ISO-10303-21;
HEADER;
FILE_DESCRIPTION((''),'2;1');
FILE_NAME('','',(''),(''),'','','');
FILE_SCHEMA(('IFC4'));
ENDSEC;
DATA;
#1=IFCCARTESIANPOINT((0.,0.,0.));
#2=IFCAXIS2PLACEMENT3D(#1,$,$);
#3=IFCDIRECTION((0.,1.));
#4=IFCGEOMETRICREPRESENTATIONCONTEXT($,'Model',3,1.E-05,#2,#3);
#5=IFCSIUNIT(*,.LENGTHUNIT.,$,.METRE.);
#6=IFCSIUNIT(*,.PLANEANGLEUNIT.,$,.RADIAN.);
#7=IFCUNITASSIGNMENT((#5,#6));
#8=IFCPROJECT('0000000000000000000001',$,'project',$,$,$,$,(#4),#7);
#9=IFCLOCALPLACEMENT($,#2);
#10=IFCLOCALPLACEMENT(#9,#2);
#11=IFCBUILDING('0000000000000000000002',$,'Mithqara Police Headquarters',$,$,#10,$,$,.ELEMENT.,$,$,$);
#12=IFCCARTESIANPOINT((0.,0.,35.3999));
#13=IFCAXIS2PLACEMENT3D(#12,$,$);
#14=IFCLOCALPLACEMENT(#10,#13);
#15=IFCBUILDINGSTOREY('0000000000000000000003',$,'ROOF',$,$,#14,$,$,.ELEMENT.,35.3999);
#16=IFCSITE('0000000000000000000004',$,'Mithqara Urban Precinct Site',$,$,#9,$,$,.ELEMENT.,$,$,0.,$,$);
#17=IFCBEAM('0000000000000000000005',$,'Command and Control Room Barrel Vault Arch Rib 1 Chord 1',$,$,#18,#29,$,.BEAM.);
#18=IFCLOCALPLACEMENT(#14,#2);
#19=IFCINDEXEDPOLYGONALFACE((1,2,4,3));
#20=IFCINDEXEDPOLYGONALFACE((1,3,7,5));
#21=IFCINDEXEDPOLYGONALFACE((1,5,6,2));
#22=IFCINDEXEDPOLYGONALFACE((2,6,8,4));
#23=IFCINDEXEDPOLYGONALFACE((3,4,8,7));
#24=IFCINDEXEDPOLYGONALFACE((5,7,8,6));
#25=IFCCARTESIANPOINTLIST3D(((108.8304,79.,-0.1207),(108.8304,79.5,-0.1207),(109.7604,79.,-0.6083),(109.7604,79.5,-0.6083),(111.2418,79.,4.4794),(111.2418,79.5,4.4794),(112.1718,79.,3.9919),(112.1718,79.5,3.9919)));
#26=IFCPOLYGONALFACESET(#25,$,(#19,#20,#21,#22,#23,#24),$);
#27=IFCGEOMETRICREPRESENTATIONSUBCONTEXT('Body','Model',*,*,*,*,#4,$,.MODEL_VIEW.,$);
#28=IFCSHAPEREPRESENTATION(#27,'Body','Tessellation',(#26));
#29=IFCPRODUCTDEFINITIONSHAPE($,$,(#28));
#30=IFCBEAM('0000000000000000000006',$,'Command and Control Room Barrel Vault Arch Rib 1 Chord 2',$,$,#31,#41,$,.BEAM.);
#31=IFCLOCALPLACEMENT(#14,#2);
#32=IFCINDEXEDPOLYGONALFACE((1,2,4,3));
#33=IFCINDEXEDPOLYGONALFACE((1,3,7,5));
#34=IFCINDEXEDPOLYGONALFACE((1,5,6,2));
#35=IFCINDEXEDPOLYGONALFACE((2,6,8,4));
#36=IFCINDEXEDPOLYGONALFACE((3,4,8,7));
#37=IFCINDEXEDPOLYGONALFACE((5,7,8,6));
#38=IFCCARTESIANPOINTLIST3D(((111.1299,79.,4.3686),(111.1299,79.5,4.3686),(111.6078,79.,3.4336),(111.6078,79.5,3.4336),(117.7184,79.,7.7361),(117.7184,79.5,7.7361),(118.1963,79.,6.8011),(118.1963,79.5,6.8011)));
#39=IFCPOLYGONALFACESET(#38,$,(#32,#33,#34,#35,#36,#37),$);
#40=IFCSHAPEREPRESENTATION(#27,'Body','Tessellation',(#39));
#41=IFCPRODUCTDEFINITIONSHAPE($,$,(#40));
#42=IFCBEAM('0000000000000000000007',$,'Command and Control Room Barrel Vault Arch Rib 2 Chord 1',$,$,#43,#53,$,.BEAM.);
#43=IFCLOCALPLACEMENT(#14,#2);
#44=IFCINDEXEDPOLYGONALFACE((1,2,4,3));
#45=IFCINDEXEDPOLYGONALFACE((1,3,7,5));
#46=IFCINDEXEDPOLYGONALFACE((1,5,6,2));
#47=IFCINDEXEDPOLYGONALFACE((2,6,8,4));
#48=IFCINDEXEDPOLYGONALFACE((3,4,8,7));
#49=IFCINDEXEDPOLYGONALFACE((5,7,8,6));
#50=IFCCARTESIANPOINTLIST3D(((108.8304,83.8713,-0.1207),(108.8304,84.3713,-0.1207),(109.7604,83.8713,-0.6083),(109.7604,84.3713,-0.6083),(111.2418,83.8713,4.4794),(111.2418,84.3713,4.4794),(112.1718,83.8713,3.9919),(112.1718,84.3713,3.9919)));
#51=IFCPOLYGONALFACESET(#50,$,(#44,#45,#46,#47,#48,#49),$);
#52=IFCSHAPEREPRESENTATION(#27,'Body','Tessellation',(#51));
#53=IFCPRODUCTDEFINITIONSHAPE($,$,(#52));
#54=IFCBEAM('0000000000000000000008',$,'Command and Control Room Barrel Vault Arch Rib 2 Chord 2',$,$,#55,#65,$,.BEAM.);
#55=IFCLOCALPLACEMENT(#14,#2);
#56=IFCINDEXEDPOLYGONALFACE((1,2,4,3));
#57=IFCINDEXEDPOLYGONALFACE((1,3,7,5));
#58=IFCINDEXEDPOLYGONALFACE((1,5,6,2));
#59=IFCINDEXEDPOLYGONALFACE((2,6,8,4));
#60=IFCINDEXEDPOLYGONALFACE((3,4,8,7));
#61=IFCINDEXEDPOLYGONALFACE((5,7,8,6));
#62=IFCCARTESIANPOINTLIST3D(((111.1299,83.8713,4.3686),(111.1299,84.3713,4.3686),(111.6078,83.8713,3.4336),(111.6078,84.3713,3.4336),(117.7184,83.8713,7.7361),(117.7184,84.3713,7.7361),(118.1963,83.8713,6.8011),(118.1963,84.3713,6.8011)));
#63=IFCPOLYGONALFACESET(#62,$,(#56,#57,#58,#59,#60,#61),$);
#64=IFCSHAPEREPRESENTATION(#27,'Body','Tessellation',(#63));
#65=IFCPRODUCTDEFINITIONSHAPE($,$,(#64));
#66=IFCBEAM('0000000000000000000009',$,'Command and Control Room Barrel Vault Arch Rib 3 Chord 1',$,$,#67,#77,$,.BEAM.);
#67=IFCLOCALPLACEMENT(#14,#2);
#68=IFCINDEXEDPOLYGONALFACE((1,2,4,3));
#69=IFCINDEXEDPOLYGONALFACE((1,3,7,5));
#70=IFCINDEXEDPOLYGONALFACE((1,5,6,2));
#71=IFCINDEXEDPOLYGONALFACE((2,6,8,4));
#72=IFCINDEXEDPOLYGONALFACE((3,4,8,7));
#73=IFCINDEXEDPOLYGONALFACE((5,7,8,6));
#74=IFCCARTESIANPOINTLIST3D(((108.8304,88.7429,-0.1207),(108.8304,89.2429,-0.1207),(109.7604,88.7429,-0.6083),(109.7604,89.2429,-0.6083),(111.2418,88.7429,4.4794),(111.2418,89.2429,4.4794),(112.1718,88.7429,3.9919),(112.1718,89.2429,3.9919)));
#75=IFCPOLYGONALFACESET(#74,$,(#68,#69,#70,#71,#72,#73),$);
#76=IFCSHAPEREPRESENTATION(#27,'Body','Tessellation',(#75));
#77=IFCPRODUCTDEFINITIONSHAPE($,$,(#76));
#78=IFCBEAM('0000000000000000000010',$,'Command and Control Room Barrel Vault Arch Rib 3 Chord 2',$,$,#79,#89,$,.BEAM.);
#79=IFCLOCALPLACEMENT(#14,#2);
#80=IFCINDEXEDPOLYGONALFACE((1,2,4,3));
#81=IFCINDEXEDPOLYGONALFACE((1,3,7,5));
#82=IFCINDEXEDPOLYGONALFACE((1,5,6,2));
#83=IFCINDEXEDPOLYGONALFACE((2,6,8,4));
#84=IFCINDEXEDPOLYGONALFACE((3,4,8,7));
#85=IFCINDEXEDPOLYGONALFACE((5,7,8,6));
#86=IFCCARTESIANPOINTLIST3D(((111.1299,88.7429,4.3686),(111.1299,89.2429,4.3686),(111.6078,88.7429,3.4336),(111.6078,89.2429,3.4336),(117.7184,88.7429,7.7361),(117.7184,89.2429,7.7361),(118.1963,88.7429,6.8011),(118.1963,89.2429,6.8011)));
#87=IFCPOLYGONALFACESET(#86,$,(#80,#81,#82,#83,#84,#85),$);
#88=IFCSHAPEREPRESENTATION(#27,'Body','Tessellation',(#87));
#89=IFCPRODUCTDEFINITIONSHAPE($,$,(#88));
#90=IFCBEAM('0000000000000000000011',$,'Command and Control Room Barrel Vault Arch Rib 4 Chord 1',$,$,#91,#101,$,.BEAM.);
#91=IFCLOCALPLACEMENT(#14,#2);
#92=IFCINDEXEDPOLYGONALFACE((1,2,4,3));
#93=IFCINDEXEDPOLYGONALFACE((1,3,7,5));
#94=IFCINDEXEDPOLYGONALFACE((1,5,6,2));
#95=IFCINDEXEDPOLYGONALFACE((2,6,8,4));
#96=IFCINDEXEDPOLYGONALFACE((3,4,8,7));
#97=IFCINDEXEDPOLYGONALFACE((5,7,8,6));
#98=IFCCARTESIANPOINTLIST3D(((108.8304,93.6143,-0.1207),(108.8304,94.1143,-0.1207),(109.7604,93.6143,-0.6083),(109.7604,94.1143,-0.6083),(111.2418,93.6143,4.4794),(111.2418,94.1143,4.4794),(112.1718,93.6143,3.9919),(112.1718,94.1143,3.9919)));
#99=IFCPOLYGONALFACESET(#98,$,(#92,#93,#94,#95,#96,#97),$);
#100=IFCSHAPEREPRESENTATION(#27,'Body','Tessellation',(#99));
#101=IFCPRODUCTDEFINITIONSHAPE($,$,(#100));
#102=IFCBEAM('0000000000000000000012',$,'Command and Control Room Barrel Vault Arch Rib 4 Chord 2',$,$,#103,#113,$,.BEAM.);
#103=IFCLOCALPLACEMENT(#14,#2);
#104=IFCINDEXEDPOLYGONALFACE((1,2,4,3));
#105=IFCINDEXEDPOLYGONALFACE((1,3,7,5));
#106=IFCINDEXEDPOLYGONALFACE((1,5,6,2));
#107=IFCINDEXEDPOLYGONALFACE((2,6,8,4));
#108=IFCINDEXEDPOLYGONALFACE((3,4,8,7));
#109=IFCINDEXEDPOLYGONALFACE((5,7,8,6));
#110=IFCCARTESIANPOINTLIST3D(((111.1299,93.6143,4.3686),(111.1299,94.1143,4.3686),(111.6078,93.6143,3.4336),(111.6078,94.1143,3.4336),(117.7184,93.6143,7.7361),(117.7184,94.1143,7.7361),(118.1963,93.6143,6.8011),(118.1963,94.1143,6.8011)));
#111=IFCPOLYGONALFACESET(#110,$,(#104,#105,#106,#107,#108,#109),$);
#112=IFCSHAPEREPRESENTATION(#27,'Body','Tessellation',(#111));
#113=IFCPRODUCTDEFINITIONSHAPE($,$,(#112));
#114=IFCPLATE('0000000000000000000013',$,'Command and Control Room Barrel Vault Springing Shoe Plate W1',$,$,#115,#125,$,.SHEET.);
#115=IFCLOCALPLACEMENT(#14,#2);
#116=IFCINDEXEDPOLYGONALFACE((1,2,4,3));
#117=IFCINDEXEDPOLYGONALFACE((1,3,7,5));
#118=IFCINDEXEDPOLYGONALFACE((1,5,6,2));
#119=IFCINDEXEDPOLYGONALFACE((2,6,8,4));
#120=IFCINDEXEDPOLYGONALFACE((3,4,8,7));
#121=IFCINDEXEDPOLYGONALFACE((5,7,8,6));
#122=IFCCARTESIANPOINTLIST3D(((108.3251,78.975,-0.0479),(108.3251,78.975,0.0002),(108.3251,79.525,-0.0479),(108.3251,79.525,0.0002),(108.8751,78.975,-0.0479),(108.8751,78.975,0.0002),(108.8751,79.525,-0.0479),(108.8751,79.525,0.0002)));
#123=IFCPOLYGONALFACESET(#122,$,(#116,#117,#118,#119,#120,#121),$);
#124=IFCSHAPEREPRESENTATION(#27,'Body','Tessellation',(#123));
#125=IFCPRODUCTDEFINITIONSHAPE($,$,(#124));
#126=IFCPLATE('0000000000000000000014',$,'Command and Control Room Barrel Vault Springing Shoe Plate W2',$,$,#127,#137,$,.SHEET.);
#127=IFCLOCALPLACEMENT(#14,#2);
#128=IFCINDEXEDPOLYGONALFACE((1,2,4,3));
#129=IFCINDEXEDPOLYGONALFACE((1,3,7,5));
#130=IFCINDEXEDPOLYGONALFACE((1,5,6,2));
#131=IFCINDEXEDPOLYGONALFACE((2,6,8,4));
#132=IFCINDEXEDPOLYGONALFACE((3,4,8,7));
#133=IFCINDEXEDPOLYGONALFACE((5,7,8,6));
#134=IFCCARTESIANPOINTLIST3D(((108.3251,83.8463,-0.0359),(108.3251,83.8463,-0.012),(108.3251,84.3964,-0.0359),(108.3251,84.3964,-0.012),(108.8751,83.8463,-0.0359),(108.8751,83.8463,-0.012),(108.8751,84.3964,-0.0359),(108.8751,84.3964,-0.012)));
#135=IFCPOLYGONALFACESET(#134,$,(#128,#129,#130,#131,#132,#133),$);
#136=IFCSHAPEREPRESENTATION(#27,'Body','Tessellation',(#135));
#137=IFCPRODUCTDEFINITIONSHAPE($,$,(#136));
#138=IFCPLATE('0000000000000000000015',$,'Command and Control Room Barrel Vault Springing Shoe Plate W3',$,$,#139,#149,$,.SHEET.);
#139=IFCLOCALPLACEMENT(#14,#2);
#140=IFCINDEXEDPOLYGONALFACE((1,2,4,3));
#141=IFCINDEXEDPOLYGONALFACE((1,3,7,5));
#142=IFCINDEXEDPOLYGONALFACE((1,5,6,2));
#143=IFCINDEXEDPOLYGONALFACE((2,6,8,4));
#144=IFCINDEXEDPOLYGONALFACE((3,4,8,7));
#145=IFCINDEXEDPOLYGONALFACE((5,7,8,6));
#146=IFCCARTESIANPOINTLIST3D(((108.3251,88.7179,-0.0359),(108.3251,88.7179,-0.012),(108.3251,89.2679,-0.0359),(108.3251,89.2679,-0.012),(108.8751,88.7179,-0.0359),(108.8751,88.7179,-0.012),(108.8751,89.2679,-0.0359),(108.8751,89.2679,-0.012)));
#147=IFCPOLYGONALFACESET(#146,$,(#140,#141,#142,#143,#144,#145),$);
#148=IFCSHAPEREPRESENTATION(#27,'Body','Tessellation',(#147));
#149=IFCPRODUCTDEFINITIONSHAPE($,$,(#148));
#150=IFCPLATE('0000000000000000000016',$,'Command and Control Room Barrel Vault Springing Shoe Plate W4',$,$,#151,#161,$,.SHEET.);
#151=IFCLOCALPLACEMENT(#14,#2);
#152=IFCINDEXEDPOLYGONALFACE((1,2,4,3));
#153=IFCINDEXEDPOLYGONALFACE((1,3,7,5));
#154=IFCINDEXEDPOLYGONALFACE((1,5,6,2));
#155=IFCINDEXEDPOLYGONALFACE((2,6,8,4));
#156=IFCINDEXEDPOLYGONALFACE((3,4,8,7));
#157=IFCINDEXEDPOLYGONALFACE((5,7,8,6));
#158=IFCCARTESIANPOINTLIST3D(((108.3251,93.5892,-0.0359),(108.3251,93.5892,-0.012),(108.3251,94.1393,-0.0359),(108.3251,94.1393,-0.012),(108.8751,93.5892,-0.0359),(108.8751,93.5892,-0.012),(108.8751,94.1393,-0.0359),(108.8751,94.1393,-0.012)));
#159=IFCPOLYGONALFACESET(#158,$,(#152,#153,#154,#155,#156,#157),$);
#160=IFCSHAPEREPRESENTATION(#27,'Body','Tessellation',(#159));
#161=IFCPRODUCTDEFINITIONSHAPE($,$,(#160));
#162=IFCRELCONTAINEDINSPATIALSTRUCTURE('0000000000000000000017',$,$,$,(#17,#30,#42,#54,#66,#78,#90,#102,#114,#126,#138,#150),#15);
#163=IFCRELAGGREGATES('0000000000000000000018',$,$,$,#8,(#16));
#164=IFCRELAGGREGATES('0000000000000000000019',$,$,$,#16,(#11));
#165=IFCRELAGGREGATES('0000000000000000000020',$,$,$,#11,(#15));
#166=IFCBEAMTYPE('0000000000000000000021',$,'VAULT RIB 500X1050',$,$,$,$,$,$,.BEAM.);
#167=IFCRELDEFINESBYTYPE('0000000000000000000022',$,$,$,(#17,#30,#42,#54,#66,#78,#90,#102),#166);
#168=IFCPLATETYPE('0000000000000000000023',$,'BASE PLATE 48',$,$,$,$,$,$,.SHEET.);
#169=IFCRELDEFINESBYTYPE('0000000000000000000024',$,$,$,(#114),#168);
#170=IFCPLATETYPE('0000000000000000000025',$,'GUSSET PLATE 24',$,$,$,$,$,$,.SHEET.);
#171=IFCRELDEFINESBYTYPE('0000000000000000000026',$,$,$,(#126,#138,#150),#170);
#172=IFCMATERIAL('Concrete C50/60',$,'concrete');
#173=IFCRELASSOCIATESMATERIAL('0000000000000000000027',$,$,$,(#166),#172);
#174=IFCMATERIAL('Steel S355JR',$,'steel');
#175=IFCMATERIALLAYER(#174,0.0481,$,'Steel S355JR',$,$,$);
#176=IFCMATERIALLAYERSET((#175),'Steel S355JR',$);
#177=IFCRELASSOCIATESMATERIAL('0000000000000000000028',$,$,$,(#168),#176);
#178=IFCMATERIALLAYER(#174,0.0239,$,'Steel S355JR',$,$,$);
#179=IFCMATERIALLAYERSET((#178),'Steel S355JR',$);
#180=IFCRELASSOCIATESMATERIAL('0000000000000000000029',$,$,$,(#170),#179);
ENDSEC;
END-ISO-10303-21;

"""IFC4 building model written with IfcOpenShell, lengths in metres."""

from ifc_helpers import new_model, si_unit, direction, frame, origin, origin_2d, place, context, subcontext, project, spatial, rectangle, extrude, material, layer, layer_set, material_profile, profile_set, type_object, element, save


model = new_model("IFC4")

# Units and contexts
model_context = context("Model", 3, precision=1e-05, world=origin(), true_north=direction((0.0, 1.0)))
body_context = subcontext(model_context, "Body", "Model", "MODEL_VIEW")
ifc_project = project(units=[si_unit("LENGTHUNIT", "METRE"), si_unit("PLANEANGLEUNIT", "RADIAN")], contexts=[model_context])

# Site, building, storey
site_placement = place(None, origin())
site = spatial("IfcSite", under=ifc_project, at=site_placement, Name="Mithqara Urban Precinct Site", CompositionType="ELEMENT", RefElevation=0.0)
building_placement = place(site_placement, origin())
building = spatial("IfcBuilding", under=site, at=building_placement, Name="Mithqara Police Headquarters", CompositionType="ELEMENT")
storey_placement = place(building_placement, frame((0.0, 0.0, 35.3999)))
storey = spatial("IfcBuildingStorey", under=building, at=storey_placement, Name="ROOF", CompositionType="ELEMENT", Elevation=35.3999)

# Beams
ifc_material_1 = material(Name="Concrete C50/60", Category="concrete")
ifc_material_profile = material_profile(ifc_material_1, rectangle(XDim=0.5, YDim=1.05, at=origin_2d()), Name="RIB 500x1050")
ifc_profile_set = profile_set([ifc_material_profile], Name="Concrete C50/60")
beam_type = type_object("IfcBeamType", Name="VAULT RIB 500X1050", PredefinedType="BEAM", material=ifc_profile_set)
beam_1_placement = place(storey_placement, frame((109.2954, 79.25, -0.3645), z_axis=(0.464279, 0.0, 0.885689), x_axis=(0.0, 1.0, 0.0)))
element("IfcBeam", 1, at=beam_1_placement, inside=storey, type_object=beam_type, Name="Command and Control Room Barrel Vault Arch Rib 1 Chord 1", PredefinedType="BEAM", context=body_context, shape_type="SweptSolid", body=[
    extrude(rectangle(XDim=0.5, YDim=1.05, at=origin_2d()), origin(), (0.0, 0.0, 1.0), 5.1938),
])
beam_2_placement = place(storey_placement, frame((111.3689, 79.25, 3.9011), z_axis=(0.890433, 0.0, 0.455115), x_axis=(0.0, 1.0, 0.0)))
element("IfcBeam", 2, at=beam_2_placement, inside=storey, type_object=beam_type, Name="Command and Control Room Barrel Vault Arch Rib 1 Chord 2", PredefinedType="BEAM", context=body_context, shape_type="SweptSolid", body=[
    extrude(rectangle(XDim=0.5, YDim=1.05, at=origin_2d()), origin(), (0.0, 0.0, 1.0), 7.3992),
])
beam_3_placement = place(storey_placement, frame((109.2954, 84.1213, -0.3645), z_axis=(0.464279, 0.0, 0.885689), x_axis=(0.0, 1.0, 0.0)))
element("IfcBeam", 3, at=beam_3_placement, inside=storey, type_object=beam_type, Name="Command and Control Room Barrel Vault Arch Rib 2 Chord 1", PredefinedType="BEAM", context=body_context, shape_type="SweptSolid", body=[
    extrude(rectangle(XDim=0.5, YDim=1.05, at=origin_2d()), origin(), (0.0, 0.0, 1.0), 5.1938),
])
beam_4_placement = place(storey_placement, frame((111.3689, 84.1213, 3.9011), z_axis=(0.890433, 0.0, 0.455115), x_axis=(0.0, 1.0, 0.0)))
element("IfcBeam", 4, at=beam_4_placement, inside=storey, type_object=beam_type, Name="Command and Control Room Barrel Vault Arch Rib 2 Chord 2", PredefinedType="BEAM", context=body_context, shape_type="SweptSolid", body=[
    extrude(rectangle(XDim=0.5, YDim=1.05, at=origin_2d()), origin(), (0.0, 0.0, 1.0), 7.3992),
])
beam_5_placement = place(storey_placement, frame((109.2954, 88.9929, -0.3645), z_axis=(0.464279, 0.0, 0.885689), x_axis=(0.0, 1.0, 0.0)))
element("IfcBeam", 5, at=beam_5_placement, inside=storey, type_object=beam_type, Name="Command and Control Room Barrel Vault Arch Rib 3 Chord 1", PredefinedType="BEAM", context=body_context, shape_type="SweptSolid", body=[
    extrude(rectangle(XDim=0.5, YDim=1.05, at=origin_2d()), origin(), (0.0, 0.0, 1.0), 5.1938),
])
beam_6_placement = place(storey_placement, frame((111.3689, 88.9929, 3.9011), z_axis=(0.890433, 0.0, 0.455115), x_axis=(0.0, 1.0, 0.0)))
element("IfcBeam", 6, at=beam_6_placement, inside=storey, type_object=beam_type, Name="Command and Control Room Barrel Vault Arch Rib 3 Chord 2", PredefinedType="BEAM", context=body_context, shape_type="SweptSolid", body=[
    extrude(rectangle(XDim=0.5, YDim=1.05, at=origin_2d()), origin(), (0.0, 0.0, 1.0), 7.3992),
])
beam_7_placement = place(storey_placement, frame((109.2954, 93.8643, -0.3645), z_axis=(0.464279, 0.0, 0.885689), x_axis=(0.0, 1.0, 0.0)))
element("IfcBeam", 7, at=beam_7_placement, inside=storey, type_object=beam_type, Name="Command and Control Room Barrel Vault Arch Rib 4 Chord 1", PredefinedType="BEAM", context=body_context, shape_type="SweptSolid", body=[
    extrude(rectangle(XDim=0.5, YDim=1.05, at=origin_2d()), origin(), (0.0, 0.0, 1.0), 5.1938),
])
beam_8_placement = place(storey_placement, frame((111.3689, 93.8643, 3.9011), z_axis=(0.890433, 0.0, 0.455115), x_axis=(0.0, 1.0, 0.0)))
element("IfcBeam", 8, at=beam_8_placement, inside=storey, type_object=beam_type, Name="Command and Control Room Barrel Vault Arch Rib 4 Chord 2", PredefinedType="BEAM", context=body_context, shape_type="SweptSolid", body=[
    extrude(rectangle(XDim=0.5, YDim=1.05, at=origin_2d()), origin(), (0.0, 0.0, 1.0), 7.3992),
])

# Plates
ifc_material_2 = material(Name="Steel S355JR", Category="steel")
ifc_layer_1 = layer(ifc_material_2, 0.0481, Name="Steel S355JR")
ifc_layer_set_1 = layer_set([ifc_layer_1], Name="Steel S355JR")
plate_type_1 = type_object("IfcPlateType", Name="BASE PLATE 48", PredefinedType="SHEET", material=ifc_layer_set_1)
plate_placement = place(storey_placement, frame((108.6001, 79.25, -0.0479), z_axis=(0.0, 0.0, 1.0), x_axis=(1.0, 0.0, 0.0)))
element("IfcPlate", 9, at=plate_placement, inside=storey, type_object=plate_type_1, Name="Command and Control Room Barrel Vault Springing Shoe Plate W1", PredefinedType="SHEET", context=body_context, shape_type="SweptSolid", body=[
    extrude(rectangle(XDim=0.55, YDim=0.55, at=origin_2d()), origin(), (0.0, 0.0, 1.0), 0.0481),
])
ifc_layer_2 = layer(ifc_material_2, 0.0239, Name="Steel S355JR")
ifc_layer_set_2 = layer_set([ifc_layer_2], Name="Steel S355JR")
plate_type_2 = type_object("IfcPlateType", Name="GUSSET PLATE 24", PredefinedType="SHEET", material=ifc_layer_set_2)
for number, where, z_axis, x_axis, name in (
    (10, (108.6001, 84.1213, -0.0359), (0.0, 0.0, 1.0), (1.0, 0.0, 0.0), "Command and Control Room Barrel Vault Springing Shoe Plate W2"),
    (11, (108.6001, 88.9929, -0.0359), (0.0, 0.0, 1.0), (1.0, 0.0, 0.0), "Command and Control Room Barrel Vault Springing Shoe Plate W3"),
    (12, (108.6001, 93.8643, -0.0359), (0.0, 0.0, 1.0), (1.0, 0.0, 0.0), "Command and Control Room Barrel Vault Springing Shoe Plate W4"),
):
    element("IfcPlate", number, at=place(storey_placement, frame(where, z_axis=z_axis, x_axis=x_axis)), inside=storey, type_object=plate_type_2, Name=name, PredefinedType="SHEET", context=body_context, shape_type="SweptSolid", body=[
        extrude(rectangle(XDim=0.55, YDim=0.55, at=origin_2d()), origin(), (0.0, 0.0, 1.0), 0.0239),
    ])

save(model, "model.ifc")
